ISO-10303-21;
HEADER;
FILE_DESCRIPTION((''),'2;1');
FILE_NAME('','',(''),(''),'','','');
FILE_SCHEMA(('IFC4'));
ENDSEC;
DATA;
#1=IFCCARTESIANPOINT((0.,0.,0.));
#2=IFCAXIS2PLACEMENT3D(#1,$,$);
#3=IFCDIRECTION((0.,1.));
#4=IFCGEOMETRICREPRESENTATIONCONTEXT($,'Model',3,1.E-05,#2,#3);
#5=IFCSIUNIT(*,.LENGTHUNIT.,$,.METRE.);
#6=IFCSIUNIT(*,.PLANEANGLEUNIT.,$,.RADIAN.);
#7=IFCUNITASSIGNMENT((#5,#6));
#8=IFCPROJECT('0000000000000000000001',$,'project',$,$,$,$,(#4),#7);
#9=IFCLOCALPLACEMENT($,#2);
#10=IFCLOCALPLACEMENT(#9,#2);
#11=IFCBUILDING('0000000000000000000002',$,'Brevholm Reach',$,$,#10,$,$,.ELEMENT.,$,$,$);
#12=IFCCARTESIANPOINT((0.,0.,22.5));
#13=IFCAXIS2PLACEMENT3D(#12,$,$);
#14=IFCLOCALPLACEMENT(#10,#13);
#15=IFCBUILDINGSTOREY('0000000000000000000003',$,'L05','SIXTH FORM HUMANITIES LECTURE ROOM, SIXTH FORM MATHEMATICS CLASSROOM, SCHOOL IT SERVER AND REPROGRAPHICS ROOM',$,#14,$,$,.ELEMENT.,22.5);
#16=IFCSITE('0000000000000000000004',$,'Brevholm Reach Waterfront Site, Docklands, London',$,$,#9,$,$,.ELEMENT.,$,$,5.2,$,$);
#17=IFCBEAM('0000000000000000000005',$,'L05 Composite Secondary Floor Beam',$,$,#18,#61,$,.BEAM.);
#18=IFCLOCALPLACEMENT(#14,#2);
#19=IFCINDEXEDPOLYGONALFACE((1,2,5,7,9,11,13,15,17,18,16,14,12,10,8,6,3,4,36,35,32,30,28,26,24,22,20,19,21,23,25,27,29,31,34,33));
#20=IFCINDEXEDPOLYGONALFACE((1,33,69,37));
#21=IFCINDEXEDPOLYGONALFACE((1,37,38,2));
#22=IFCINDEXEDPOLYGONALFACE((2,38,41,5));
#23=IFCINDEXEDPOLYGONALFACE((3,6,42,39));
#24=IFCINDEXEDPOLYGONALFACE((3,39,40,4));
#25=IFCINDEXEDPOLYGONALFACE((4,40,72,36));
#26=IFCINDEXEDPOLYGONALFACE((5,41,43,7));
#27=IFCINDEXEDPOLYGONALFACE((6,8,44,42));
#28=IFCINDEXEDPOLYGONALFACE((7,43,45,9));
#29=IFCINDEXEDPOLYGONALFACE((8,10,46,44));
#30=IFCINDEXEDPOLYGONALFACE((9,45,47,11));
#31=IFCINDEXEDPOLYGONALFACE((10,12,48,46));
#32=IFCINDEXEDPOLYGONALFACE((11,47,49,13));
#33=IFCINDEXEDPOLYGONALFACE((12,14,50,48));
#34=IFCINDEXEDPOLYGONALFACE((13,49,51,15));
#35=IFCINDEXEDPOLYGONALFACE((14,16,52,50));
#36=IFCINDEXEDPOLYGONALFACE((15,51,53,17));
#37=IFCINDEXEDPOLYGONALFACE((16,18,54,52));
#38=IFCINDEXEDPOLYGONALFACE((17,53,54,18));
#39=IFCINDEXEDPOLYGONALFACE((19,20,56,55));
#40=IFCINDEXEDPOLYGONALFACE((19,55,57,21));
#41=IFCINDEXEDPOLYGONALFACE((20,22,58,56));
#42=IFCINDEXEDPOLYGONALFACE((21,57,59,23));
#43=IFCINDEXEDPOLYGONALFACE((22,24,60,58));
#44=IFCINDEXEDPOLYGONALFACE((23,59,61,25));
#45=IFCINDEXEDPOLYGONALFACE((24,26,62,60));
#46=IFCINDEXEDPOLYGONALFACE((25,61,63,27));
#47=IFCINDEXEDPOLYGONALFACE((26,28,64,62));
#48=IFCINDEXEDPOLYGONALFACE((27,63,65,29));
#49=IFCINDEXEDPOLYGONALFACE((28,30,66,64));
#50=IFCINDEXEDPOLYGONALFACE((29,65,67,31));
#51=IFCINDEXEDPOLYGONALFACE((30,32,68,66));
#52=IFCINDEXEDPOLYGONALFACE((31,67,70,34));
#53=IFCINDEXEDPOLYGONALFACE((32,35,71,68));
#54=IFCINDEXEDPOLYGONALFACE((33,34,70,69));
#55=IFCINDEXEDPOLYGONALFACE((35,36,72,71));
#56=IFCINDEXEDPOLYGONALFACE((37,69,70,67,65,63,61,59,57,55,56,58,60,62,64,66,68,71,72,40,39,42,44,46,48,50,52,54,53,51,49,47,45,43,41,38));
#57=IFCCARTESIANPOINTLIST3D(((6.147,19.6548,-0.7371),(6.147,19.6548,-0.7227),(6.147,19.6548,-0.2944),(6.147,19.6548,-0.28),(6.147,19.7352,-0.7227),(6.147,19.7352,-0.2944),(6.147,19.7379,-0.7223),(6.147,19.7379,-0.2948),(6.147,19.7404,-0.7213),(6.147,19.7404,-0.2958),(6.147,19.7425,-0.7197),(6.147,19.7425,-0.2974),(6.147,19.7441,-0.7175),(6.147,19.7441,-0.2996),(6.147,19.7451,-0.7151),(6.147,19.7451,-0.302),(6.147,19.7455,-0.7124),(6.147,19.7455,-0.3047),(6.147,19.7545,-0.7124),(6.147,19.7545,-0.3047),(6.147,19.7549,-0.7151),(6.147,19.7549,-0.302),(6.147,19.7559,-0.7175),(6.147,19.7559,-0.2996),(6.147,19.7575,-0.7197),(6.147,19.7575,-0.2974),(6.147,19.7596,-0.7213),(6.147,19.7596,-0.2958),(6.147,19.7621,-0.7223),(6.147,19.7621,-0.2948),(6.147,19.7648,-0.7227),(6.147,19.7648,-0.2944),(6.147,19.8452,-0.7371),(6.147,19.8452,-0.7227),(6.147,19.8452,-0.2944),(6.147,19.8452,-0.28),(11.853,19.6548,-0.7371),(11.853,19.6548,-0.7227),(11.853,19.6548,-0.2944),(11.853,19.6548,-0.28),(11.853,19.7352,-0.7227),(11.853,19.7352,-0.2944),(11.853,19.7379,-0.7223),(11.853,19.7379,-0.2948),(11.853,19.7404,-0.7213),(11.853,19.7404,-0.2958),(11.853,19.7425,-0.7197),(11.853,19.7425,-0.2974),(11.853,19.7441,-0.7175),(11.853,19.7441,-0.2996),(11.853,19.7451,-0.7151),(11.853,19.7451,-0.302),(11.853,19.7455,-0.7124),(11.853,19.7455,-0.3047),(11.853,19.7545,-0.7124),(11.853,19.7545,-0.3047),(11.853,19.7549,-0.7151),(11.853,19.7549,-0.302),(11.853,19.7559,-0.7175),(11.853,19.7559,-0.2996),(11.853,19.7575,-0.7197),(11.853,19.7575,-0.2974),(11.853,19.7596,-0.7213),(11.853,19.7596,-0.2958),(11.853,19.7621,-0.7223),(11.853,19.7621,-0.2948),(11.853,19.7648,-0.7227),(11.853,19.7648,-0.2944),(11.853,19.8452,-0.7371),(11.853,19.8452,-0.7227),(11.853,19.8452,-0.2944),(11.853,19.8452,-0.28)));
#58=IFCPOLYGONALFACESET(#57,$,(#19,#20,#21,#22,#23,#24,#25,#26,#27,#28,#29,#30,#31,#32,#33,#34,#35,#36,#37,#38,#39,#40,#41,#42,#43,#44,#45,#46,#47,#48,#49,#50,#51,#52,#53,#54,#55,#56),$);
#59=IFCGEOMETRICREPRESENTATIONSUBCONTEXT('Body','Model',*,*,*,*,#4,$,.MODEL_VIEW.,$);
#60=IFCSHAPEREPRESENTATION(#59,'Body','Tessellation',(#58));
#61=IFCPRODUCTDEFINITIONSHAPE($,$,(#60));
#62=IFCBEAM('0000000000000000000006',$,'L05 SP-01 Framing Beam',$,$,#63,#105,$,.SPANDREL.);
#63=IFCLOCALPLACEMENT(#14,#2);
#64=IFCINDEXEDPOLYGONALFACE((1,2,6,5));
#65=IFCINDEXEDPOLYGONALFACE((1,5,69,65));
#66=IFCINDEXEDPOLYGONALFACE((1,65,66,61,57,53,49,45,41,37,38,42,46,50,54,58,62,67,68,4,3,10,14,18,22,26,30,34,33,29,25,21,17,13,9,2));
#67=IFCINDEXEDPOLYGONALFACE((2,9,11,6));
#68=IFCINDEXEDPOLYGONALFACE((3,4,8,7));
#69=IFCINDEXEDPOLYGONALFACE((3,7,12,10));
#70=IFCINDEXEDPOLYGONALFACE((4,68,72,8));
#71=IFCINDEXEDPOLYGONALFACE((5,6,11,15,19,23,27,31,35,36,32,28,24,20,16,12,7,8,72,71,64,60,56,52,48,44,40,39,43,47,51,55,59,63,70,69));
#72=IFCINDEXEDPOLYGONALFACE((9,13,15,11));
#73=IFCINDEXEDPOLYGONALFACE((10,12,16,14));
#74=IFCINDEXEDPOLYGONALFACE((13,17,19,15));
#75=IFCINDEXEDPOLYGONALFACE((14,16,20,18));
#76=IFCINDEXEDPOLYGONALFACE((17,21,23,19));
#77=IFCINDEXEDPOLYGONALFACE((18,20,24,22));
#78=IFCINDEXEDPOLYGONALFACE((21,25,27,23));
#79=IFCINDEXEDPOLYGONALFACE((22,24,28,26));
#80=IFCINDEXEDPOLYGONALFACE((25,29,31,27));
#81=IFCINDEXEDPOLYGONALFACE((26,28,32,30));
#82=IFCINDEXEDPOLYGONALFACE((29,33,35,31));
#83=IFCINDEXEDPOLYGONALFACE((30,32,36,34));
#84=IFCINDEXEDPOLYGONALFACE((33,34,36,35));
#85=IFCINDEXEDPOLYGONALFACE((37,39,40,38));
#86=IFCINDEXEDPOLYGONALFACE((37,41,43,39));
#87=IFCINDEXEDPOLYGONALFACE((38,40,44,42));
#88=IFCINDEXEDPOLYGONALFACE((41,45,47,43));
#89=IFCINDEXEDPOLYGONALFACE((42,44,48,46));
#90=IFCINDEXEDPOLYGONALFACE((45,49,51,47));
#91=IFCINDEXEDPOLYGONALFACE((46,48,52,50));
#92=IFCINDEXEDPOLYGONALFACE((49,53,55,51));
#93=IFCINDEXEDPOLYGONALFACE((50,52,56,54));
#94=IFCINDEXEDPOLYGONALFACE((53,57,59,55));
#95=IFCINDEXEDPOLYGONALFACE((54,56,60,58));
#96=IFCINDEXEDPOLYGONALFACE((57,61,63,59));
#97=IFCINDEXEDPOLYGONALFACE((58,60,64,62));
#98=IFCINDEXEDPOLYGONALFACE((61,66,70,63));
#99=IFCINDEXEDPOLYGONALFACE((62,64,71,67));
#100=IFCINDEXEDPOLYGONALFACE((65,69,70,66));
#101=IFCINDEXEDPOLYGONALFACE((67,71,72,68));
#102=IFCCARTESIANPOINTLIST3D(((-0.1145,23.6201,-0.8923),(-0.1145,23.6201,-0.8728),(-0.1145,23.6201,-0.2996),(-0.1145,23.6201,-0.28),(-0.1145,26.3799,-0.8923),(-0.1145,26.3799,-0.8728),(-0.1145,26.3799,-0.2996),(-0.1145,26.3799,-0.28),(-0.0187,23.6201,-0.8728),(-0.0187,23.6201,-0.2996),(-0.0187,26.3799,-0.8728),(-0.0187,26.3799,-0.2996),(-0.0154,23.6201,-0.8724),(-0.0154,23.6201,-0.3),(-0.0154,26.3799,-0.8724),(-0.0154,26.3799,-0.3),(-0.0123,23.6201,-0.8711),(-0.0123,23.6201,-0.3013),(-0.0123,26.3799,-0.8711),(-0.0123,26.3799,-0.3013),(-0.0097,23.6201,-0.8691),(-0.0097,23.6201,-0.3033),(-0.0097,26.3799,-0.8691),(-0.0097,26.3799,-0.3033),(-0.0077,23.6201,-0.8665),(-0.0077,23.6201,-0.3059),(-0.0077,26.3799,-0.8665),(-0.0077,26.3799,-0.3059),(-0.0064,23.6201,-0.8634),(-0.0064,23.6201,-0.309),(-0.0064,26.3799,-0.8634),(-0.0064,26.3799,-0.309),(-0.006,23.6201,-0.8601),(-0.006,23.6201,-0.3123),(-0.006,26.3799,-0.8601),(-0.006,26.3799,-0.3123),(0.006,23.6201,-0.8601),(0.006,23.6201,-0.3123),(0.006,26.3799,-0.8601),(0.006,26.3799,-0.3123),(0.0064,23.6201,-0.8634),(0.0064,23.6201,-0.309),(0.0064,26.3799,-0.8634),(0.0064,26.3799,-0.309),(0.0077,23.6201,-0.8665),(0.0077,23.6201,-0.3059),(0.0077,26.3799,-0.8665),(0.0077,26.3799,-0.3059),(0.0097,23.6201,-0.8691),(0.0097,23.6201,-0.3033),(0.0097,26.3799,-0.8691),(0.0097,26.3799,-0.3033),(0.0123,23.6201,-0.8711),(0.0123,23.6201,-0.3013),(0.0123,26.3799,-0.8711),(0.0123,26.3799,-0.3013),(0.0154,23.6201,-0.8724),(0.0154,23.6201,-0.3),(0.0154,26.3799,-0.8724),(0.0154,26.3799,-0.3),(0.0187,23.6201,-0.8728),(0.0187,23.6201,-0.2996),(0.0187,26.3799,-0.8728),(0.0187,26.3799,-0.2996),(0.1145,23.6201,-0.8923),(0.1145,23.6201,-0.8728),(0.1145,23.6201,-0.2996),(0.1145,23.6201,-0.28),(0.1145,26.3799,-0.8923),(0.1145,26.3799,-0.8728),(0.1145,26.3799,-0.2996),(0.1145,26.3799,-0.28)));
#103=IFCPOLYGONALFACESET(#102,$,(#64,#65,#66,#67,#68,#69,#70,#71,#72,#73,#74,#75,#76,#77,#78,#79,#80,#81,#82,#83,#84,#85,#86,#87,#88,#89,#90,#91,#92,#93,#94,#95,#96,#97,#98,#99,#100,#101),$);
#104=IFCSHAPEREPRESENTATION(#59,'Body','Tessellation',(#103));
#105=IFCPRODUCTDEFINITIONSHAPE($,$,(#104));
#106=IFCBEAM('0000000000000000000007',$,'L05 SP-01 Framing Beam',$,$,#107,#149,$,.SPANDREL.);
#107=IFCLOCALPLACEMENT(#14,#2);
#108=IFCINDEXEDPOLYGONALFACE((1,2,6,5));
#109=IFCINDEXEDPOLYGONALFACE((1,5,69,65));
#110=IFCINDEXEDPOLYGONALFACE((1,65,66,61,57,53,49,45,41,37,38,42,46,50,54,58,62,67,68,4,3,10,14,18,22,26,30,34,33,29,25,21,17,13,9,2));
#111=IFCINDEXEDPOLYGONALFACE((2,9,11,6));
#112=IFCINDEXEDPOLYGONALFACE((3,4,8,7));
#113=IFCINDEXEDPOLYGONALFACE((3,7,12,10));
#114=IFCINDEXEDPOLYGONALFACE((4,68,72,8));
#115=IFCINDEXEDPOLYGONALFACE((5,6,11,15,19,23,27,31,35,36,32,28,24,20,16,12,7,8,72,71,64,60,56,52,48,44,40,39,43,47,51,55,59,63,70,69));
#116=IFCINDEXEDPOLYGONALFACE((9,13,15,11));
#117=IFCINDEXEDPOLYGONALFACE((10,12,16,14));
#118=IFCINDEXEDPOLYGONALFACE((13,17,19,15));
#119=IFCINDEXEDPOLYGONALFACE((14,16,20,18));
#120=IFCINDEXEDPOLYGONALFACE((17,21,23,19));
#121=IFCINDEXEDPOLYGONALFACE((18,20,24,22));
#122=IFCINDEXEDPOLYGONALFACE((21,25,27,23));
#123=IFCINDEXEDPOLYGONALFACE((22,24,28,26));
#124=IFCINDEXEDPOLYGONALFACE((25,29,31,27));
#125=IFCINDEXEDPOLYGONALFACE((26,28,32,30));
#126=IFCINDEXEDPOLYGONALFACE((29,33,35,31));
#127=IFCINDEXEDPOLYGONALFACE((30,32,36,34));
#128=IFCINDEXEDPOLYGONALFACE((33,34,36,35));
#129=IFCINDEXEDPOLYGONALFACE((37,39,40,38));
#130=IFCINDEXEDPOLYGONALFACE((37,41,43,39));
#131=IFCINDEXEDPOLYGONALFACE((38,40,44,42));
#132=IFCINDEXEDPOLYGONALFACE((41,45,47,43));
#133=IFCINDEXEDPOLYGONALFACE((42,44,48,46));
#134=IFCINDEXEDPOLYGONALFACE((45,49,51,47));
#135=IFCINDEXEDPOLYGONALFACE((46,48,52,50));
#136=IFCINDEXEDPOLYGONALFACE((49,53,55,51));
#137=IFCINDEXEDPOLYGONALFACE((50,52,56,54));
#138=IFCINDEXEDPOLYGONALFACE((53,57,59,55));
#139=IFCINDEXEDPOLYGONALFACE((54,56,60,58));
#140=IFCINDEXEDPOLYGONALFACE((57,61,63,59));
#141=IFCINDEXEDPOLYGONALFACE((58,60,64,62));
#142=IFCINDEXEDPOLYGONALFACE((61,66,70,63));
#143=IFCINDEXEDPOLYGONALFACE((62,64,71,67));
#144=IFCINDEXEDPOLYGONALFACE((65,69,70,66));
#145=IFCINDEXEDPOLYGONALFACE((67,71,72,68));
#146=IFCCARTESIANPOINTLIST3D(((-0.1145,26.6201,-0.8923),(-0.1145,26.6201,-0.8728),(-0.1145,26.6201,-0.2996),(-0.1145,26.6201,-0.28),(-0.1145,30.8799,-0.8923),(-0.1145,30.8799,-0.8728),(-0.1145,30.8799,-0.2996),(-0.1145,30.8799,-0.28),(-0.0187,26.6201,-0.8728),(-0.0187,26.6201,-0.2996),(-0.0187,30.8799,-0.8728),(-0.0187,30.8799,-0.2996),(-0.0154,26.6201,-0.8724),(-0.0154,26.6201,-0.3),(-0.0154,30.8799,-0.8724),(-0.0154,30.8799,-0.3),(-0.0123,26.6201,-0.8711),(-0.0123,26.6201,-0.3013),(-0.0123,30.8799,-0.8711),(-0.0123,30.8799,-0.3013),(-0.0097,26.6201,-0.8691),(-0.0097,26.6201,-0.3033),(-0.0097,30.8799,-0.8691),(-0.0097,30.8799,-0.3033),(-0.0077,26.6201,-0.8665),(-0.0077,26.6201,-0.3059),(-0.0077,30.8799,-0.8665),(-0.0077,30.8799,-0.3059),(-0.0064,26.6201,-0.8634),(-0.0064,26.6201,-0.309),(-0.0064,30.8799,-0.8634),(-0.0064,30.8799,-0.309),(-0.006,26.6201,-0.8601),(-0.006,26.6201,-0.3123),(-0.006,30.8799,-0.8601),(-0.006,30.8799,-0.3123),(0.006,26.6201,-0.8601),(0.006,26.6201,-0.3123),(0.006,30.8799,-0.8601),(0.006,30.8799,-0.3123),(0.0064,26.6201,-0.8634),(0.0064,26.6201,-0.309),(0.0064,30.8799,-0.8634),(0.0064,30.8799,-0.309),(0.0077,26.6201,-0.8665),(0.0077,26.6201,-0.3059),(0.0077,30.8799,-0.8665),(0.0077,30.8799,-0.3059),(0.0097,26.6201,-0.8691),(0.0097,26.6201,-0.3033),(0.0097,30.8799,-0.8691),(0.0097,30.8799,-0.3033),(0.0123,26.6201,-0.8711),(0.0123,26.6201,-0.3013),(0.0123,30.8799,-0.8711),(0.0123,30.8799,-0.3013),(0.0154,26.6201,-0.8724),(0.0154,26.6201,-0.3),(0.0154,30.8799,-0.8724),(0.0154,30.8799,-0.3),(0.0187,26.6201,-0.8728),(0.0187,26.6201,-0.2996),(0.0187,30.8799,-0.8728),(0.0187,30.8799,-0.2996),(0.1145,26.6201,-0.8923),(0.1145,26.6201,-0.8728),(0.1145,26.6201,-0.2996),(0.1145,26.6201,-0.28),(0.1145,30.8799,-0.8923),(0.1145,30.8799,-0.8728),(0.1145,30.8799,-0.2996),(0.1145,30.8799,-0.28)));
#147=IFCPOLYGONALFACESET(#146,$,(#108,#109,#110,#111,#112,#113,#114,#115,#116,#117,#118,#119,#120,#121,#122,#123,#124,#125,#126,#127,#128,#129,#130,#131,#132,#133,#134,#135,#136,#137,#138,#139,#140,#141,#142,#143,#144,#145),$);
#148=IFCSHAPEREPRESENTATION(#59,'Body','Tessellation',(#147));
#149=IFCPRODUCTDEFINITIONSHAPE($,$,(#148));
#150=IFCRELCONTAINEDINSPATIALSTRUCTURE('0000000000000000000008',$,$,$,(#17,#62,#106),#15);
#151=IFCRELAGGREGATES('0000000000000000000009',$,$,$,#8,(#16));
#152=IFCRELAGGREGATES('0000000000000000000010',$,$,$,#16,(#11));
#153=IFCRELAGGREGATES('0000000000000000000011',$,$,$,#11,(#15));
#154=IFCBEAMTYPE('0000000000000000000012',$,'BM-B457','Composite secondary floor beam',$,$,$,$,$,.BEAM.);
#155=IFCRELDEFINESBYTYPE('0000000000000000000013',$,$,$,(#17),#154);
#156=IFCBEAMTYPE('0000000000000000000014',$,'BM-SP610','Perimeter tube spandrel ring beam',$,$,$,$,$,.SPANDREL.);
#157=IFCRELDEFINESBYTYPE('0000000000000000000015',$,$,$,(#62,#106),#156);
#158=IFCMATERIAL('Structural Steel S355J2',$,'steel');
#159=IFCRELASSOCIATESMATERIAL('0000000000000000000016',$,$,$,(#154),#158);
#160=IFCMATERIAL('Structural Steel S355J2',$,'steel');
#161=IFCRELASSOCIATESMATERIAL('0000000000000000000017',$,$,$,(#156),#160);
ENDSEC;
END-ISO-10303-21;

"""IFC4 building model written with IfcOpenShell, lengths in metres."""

from ifc_helpers import new_model, si_unit, direction, frame, origin, origin_2d, place, context, subcontext, project, spatial, i_section, extrude, material, material_profile, profile_set, type_object, element, save


model = new_model("IFC4")

# Units and contexts
model_context = context("Model", 3, precision=1e-05, world=origin(), true_north=direction((0.0, 1.0)))
body_context = subcontext(model_context, "Body", "Model", "MODEL_VIEW")
ifc_project = project(units=[si_unit("LENGTHUNIT", "METRE"), si_unit("PLANEANGLEUNIT", "RADIAN")], contexts=[model_context])

# Site, building, storey
site_placement = place(None, origin())
site = spatial("IfcSite", under=ifc_project, at=site_placement, Name="Brevholm Reach Waterfront Site, Docklands, London", CompositionType="ELEMENT", RefElevation=5.2)
building_placement = place(site_placement, origin())
building = spatial("IfcBuilding", under=site, at=building_placement, Name="Brevholm Reach", CompositionType="ELEMENT")
storey_placement = place(building_placement, frame((0.0, 0.0, 22.5)))
storey = spatial("IfcBuildingStorey", under=building, at=storey_placement, Name="L05", Description="SIXTH FORM HUMANITIES LECTURE ROOM, SIXTH FORM MATHEMATICS CLASSROOM, SCHOOL IT SERVER AND REPROGRAPHICS ROOM", CompositionType="ELEMENT", Elevation=22.5)

# Beams
ifc_material_1 = material(Name="Structural Steel S355J2", Category="steel")
ifc_material_profile_1 = material_profile(ifc_material_1, i_section(OverallWidth=0.1904, OverallDepth=0.457, WebThickness=0.009, FlangeThickness=0.0144, FilletRadius=0.0103, at=origin_2d()), Name="UKB 457x191x74")
ifc_profile_set_1 = profile_set([ifc_material_profile_1], Name="Structural Steel S355J2")
beam_type_1 = type_object("IfcBeamType", Name="BM-B457", Description="Composite secondary floor beam", PredefinedType="BEAM", material=ifc_profile_set_1)
beam_1_placement = place(storey_placement, frame((6.147, 19.75, -0.5085), z_axis=(1.0, 0.0, 0.0), x_axis=(0.0, 1.0, 0.0)))
element("IfcBeam", 1, at=beam_1_placement, inside=storey, type_object=beam_type_1, Name="L05 Composite Secondary Floor Beam", PredefinedType="BEAM", context=body_context, shape_type="SweptSolid", body=[
    extrude(i_section(OverallWidth=0.1904, OverallDepth=0.457, WebThickness=0.009, FlangeThickness=0.0144, FilletRadius=0.0103, at=origin_2d()), origin(), (0.0, 0.0, 1.0), 5.7061),
])
ifc_material_2 = material(Name="Structural Steel S355J2", Category="steel")
ifc_material_profile_2 = material_profile(ifc_material_2, i_section(OverallWidth=0.229, OverallDepth=0.6123, WebThickness=0.012, FlangeThickness=0.0195, FilletRadius=0.0127, at=origin_2d()), Name="UKB 610x229x125")
ifc_profile_set_2 = profile_set([ifc_material_profile_2], Name="Structural Steel S355J2")
beam_type_2 = type_object("IfcBeamType", Name="BM-SP610", Description="Perimeter tube spandrel ring beam", PredefinedType="SPANDREL", material=ifc_profile_set_2)
beam_2_placement = place(storey_placement, frame((0.0, 23.6201, -0.5862), z_axis=(0.0, 1.0, 0.0), x_axis=(-1.0, 0.0, 0.0)))
element("IfcBeam", 2, at=beam_2_placement, inside=storey, type_object=beam_type_2, Name="L05 SP-01 Framing Beam", PredefinedType="SPANDREL", context=body_context, shape_type="SweptSolid", body=[
    extrude(i_section(OverallWidth=0.229, OverallDepth=0.6123, WebThickness=0.012, FlangeThickness=0.0195, FilletRadius=0.0127, at=origin_2d()), origin(), (0.0, 0.0, 1.0), 2.7598),
])
beam_3_placement = place(storey_placement, frame((0.0, 26.6201, -0.5862), z_axis=(0.0, 1.0, 0.0), x_axis=(-1.0, 0.0, 0.0)))
element("IfcBeam", 3, at=beam_3_placement, inside=storey, type_object=beam_type_2, Name="L05 SP-01 Framing Beam", PredefinedType="SPANDREL", context=body_context, shape_type="SweptSolid", body=[
    extrude(i_section(OverallWidth=0.229, OverallDepth=0.6123, WebThickness=0.012, FlangeThickness=0.0195, FilletRadius=0.0127, at=origin_2d()), origin(), (0.0, 0.0, 1.0), 4.2598),
])

save(model, "model.ifc")
